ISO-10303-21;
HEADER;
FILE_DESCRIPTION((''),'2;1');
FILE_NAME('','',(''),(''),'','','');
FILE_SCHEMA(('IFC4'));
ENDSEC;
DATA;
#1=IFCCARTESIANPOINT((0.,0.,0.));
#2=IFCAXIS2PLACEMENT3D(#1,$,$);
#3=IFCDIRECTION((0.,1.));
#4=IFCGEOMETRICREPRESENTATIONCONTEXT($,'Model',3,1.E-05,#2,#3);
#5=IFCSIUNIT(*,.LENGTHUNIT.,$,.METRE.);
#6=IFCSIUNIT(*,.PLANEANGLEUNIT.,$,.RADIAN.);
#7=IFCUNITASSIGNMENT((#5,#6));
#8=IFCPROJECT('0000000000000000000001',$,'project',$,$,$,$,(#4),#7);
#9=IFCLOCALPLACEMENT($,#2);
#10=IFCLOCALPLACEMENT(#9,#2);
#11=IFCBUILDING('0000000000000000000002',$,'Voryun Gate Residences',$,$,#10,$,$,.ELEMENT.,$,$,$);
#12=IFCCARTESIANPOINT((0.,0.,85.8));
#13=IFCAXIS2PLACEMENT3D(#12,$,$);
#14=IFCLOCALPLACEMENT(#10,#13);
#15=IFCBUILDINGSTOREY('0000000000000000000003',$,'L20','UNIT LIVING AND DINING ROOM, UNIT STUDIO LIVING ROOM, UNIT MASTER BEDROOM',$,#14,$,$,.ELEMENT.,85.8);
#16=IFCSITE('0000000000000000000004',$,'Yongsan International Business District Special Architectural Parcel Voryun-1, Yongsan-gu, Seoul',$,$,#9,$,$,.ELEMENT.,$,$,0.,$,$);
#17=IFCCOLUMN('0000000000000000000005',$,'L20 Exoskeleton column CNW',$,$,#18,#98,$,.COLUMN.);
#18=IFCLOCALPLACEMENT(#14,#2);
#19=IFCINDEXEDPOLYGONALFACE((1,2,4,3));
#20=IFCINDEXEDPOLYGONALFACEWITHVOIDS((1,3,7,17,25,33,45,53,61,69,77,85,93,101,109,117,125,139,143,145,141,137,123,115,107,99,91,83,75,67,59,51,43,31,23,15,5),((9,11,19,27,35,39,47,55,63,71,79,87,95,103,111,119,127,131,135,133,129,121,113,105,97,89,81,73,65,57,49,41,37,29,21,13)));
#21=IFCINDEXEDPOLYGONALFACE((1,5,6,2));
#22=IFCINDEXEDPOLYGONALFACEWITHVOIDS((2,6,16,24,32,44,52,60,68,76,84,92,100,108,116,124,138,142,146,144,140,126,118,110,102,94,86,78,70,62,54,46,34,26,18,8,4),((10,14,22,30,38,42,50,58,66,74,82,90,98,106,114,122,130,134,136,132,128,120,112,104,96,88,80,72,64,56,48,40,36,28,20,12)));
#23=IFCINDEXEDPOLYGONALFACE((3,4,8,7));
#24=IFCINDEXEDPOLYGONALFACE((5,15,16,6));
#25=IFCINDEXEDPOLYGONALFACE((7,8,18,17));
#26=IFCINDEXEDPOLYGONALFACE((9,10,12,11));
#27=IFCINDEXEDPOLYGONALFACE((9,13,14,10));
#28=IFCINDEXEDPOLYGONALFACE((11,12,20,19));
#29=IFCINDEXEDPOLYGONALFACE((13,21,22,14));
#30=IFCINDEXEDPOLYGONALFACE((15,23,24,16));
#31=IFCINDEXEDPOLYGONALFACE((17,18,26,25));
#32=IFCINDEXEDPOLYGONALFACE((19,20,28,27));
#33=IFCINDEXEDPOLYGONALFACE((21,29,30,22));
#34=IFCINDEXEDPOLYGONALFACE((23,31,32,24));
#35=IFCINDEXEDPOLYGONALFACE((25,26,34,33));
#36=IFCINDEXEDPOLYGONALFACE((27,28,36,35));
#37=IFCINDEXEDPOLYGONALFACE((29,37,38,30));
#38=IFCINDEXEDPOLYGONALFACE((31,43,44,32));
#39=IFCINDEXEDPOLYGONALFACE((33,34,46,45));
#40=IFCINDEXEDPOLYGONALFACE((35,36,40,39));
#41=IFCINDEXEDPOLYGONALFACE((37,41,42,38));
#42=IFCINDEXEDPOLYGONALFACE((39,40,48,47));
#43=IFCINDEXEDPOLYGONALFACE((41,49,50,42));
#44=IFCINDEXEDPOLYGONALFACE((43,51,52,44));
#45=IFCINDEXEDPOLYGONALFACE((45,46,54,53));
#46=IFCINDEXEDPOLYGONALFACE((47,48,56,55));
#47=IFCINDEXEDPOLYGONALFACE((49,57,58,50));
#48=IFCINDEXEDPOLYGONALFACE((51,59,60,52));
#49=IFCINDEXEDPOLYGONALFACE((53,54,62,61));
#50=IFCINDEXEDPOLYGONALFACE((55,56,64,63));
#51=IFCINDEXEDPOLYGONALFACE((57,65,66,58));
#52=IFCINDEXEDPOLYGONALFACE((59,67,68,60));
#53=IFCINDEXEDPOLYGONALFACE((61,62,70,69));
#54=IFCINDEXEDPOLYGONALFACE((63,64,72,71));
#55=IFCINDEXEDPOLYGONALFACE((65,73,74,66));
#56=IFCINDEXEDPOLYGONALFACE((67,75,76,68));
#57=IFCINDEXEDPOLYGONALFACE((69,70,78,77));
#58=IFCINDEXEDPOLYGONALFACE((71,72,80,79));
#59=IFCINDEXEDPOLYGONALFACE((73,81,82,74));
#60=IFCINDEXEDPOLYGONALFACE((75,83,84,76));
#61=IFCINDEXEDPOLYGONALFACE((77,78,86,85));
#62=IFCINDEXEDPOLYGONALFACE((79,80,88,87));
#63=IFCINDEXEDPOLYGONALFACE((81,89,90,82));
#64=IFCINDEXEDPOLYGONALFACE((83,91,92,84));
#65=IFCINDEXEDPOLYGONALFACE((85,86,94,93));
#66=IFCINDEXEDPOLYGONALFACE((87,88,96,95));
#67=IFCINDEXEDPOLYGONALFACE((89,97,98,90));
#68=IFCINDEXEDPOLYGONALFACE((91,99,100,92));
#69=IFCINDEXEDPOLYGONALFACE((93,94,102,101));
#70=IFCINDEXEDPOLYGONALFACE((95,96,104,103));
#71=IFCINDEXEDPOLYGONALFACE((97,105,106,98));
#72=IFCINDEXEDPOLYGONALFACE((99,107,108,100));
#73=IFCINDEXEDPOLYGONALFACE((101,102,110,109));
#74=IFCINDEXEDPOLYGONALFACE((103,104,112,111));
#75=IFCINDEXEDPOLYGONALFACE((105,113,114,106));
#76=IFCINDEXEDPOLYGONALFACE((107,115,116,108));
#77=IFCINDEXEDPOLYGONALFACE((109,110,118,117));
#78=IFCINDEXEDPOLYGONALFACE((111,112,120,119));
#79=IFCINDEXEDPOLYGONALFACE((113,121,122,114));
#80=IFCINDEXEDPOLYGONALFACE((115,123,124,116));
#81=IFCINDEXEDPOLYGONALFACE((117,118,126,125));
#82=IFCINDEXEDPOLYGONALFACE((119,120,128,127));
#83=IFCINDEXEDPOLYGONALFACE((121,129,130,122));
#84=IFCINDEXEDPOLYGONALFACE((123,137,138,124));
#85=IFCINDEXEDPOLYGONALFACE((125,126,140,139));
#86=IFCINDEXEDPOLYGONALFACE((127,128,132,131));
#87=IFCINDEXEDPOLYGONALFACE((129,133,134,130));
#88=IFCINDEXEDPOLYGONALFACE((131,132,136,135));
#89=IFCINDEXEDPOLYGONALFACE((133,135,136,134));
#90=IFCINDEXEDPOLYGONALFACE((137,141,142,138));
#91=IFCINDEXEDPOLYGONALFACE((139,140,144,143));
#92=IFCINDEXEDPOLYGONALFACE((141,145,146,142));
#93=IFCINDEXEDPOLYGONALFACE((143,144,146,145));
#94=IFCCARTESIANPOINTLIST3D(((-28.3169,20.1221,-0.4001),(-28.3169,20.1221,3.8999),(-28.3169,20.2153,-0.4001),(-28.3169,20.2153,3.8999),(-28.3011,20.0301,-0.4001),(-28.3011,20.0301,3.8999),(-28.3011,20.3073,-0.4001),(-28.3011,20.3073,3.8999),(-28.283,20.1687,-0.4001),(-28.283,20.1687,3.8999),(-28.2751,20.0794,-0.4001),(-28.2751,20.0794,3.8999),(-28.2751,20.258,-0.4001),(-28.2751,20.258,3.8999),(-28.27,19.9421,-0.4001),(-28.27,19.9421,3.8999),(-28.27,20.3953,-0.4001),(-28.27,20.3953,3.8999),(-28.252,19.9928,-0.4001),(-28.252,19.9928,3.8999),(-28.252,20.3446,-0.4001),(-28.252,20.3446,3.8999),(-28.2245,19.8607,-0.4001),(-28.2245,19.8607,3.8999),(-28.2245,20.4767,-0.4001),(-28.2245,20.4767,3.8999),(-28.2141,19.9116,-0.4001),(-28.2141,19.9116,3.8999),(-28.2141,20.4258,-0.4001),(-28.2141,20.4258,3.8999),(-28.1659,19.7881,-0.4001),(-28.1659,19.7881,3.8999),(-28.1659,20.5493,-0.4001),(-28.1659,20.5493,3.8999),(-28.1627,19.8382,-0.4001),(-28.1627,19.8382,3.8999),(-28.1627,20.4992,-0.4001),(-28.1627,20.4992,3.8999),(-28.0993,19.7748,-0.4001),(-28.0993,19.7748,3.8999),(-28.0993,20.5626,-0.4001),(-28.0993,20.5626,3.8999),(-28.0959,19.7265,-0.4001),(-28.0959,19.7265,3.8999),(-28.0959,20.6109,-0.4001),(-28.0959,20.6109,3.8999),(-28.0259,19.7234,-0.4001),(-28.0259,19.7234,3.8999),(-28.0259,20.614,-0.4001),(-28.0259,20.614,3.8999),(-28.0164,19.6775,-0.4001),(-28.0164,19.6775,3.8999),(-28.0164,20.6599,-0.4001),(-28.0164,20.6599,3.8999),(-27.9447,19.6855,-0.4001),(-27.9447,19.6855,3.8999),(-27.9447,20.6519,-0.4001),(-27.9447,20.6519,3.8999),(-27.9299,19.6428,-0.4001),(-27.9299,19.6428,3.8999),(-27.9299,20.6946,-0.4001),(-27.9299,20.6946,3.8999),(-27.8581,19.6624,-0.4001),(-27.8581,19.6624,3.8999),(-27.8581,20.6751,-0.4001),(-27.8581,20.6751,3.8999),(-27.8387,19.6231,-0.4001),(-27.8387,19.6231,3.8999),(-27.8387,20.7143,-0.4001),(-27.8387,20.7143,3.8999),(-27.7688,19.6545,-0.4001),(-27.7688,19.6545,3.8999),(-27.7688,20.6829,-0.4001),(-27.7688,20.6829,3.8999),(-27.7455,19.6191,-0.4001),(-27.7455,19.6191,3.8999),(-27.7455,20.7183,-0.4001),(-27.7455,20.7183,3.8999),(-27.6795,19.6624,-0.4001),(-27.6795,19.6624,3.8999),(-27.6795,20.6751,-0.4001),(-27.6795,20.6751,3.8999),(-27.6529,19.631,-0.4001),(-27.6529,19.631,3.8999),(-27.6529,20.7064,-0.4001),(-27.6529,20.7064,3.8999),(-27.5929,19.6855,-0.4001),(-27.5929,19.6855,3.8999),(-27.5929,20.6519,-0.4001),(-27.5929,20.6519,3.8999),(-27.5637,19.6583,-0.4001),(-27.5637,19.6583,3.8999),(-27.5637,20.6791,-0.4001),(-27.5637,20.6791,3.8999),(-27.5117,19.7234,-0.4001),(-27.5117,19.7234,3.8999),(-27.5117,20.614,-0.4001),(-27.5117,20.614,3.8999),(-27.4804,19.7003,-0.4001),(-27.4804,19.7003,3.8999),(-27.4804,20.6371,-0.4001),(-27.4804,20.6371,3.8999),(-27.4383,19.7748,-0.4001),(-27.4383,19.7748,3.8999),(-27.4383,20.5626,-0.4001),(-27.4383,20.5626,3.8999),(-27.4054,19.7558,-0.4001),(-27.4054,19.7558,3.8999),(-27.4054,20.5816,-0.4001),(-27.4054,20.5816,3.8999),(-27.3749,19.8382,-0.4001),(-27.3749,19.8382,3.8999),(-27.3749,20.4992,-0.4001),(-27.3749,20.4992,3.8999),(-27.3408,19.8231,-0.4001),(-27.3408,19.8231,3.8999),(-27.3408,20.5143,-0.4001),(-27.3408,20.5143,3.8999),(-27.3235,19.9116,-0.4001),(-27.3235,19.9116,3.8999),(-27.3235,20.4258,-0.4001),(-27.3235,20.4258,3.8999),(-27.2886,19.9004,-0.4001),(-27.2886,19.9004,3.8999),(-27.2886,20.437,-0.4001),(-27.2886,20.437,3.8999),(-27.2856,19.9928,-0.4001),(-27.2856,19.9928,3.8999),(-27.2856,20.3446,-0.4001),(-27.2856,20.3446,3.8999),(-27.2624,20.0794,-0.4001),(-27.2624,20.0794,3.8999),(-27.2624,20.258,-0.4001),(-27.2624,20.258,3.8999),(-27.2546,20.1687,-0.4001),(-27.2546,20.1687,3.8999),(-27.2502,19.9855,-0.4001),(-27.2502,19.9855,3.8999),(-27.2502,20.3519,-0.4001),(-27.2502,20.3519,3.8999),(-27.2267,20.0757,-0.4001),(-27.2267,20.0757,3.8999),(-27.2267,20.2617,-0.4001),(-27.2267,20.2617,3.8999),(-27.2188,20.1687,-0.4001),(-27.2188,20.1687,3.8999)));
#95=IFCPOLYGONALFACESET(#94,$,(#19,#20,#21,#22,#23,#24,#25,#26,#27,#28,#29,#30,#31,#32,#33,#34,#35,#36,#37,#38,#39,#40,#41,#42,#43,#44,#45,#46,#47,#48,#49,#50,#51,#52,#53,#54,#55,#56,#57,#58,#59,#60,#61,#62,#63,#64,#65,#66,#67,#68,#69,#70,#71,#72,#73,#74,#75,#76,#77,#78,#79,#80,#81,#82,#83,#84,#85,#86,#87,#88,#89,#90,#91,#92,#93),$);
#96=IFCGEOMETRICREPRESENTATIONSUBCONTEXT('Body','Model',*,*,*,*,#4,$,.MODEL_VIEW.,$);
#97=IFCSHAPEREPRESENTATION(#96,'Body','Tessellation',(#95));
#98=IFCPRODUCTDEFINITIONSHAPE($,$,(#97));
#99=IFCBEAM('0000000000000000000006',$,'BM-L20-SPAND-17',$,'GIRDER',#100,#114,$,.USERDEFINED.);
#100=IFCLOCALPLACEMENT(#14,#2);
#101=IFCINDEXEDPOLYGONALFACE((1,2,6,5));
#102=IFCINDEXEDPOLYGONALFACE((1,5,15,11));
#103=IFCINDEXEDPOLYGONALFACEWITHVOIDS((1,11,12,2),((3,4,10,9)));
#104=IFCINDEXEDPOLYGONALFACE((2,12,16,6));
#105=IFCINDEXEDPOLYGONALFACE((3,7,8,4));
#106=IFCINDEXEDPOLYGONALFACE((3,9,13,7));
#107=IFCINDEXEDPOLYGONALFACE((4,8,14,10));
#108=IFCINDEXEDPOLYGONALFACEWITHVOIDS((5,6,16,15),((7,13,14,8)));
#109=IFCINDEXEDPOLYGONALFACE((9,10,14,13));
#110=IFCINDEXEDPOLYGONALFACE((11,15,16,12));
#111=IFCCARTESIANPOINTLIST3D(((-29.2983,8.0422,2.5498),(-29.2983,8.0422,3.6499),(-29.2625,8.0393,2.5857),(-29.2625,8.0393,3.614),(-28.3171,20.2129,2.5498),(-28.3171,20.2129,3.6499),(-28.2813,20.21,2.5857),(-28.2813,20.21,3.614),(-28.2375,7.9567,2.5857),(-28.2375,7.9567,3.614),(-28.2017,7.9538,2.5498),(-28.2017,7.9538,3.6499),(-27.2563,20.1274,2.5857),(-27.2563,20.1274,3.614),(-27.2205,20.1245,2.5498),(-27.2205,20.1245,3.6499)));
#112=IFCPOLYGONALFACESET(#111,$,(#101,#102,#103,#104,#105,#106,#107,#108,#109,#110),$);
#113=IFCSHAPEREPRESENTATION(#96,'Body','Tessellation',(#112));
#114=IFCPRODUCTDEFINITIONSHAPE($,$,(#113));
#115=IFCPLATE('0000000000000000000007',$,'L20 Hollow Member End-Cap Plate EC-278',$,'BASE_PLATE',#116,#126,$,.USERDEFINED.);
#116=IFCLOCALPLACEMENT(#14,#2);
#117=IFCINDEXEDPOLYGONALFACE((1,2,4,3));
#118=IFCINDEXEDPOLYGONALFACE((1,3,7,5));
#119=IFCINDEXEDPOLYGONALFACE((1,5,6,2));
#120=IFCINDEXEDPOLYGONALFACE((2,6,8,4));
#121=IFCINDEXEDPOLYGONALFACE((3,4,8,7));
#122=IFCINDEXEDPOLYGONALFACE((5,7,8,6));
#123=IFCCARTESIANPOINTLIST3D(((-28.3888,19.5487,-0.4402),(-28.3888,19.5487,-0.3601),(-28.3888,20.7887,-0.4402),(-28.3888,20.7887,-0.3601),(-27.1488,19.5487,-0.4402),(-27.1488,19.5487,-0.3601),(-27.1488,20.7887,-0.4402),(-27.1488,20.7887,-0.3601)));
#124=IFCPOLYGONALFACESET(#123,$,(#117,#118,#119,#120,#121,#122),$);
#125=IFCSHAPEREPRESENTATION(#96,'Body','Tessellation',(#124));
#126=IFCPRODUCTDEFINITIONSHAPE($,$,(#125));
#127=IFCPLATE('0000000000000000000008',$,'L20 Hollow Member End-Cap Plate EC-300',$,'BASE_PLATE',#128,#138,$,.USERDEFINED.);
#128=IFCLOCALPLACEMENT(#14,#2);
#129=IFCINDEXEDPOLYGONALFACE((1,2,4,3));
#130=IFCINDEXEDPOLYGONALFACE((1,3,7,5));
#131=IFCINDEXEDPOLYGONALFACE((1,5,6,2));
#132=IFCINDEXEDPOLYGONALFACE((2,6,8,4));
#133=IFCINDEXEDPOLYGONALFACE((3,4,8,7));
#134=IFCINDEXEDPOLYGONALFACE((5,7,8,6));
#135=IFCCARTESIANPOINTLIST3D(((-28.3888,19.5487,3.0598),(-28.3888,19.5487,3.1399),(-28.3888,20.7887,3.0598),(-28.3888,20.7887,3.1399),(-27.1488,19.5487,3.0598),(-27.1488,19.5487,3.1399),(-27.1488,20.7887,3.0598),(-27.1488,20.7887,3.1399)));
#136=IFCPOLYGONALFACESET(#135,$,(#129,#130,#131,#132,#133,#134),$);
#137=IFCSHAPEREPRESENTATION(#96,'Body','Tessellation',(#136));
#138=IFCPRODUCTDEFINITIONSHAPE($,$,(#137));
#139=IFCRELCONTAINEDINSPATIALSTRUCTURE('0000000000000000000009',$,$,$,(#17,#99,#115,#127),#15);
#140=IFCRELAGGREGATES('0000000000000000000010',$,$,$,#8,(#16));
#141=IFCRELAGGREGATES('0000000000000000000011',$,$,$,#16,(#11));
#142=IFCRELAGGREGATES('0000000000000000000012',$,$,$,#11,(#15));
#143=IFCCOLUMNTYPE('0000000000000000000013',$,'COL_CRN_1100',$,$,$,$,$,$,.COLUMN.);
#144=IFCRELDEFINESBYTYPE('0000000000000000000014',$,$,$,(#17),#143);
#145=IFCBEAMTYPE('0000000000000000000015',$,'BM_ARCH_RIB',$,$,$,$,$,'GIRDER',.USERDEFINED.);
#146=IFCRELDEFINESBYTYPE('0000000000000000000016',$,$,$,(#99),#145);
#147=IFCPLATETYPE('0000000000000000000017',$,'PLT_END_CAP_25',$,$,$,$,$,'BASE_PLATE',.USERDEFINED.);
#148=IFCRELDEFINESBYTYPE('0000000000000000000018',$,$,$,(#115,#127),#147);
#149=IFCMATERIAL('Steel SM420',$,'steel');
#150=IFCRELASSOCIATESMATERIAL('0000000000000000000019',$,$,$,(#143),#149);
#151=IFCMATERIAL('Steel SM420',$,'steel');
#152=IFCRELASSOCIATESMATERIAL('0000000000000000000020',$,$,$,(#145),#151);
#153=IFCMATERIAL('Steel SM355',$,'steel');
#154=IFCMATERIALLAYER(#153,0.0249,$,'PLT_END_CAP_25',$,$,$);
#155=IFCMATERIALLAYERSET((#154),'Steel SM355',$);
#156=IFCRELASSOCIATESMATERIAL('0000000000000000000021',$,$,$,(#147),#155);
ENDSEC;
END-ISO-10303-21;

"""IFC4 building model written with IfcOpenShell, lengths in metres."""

from ifc_helpers import new_model, si_unit, direction, frame, origin, origin_2d, place, context, subcontext, project, spatial, rectangle, hollow_rectangle, hollow_circle, extrude, material, layer, layer_set, material_profile, profile_set, type_object, element, save


model = new_model("IFC4")

# Units and contexts
model_context = context("Model", 3, precision=1e-05, world=origin(), true_north=direction((0.0, 1.0)))
body_context = subcontext(model_context, "Body", "Model", "MODEL_VIEW")
ifc_project = project(units=[si_unit("LENGTHUNIT", "METRE"), si_unit("PLANEANGLEUNIT", "RADIAN")], contexts=[model_context])

# Site, building, storey
site_placement = place(None, origin())
site = spatial("IfcSite", under=ifc_project, at=site_placement, Name="Yongsan International Business District Special Architectural Parcel Voryun-1, Yongsan-gu, Seoul", CompositionType="ELEMENT", RefElevation=0.0)
building_placement = place(site_placement, origin())
building = spatial("IfcBuilding", under=site, at=building_placement, Name="Voryun Gate Residences", CompositionType="ELEMENT")
storey_placement = place(building_placement, frame((0.0, 0.0, 85.8)))
storey = spatial("IfcBuildingStorey", under=building, at=storey_placement, Name="L20", Description="UNIT LIVING AND DINING ROOM, UNIT STUDIO LIVING ROOM, UNIT MASTER BEDROOM", CompositionType="ELEMENT", Elevation=85.8)

# Column
ifc_material_1 = material(Name="Steel SM420", Category="steel")
ifc_material_profile_1 = material_profile(ifc_material_1, hollow_circle(Radius=0.55, WallThickness=0.0359, at=origin_2d()), Name="CHS-1100x36")
ifc_profile_set_1 = profile_set([ifc_material_profile_1], Name="Steel SM420")
column_type = type_object("IfcColumnType", Name="COL_CRN_1100", PredefinedType="COLUMN", material=ifc_profile_set_1)
column_placement = place(storey_placement, frame((-27.7688, 20.1687, -0.4001), z_axis=(0.0, 0.0, 1.0), x_axis=(1.0, 0.0, 0.0)))
element("IfcColumn", 1, at=column_placement, inside=storey, type_object=column_type, Name="L20 Exoskeleton column CNW", PredefinedType="COLUMN", context=body_context, shape_type="SweptSolid", body=[
    extrude(hollow_circle(Radius=0.55, WallThickness=0.0359, at=origin_2d()), origin(), (0.0, 0.0, 1.0), 4.3),
])

# Beam
ifc_material_2 = material(Name="Steel SM420", Category="steel")
ifc_material_profile_2 = material_profile(ifc_material_2, hollow_rectangle(XDim=1.1001, YDim=1.1001, WallThickness=0.0359, at=origin_2d()), Name="BOX-1100x1100x36")
ifc_profile_set_2 = profile_set([ifc_material_profile_2], Name="Steel SM420")
beam_type = type_object("IfcBeamType", Name="BM_ARCH_RIB", ElementType="GIRDER", PredefinedType="USERDEFINED", material=ifc_profile_set_2)
beam_placement = place(storey_placement, frame((-27.7688, 20.1687, 3.0999), z_axis=(-0.08036, -0.996766, 0.0), x_axis=(0.996766, -0.08036, 0.0)))
element("IfcBeam", 2, at=beam_placement, inside=storey, type_object=beam_type, Name="BM-L20-SPAND-17", ObjectType="GIRDER", PredefinedType="USERDEFINED", context=body_context, shape_type="SweptSolid", body=[
    extrude(hollow_rectangle(XDim=1.1001, YDim=1.1001, WallThickness=0.0359, at=origin_2d()), origin(), (0.0, 0.0, 1.0), 12.2102),
])

# Plates
ifc_material_3 = material(Name="Steel SM355", Category="steel")
ifc_layer_1 = layer(ifc_material_3, 0.0249, Name="PLT_END_CAP_25")
ifc_layer_set_1 = layer_set([ifc_layer_1], Name="Steel SM355")
plate_type = type_object("IfcPlateType", Name="PLT_END_CAP_25", ElementType="BASE_PLATE", PredefinedType="USERDEFINED", material=ifc_layer_set_1)
for number, where, z_axis, x_axis, name in (
    (3, (-27.7688, 20.1687, -0.4402), (0.0, 0.0, 1.0), (1.0, 0.0, 0.0), "L20 Hollow Member End-Cap Plate EC-278"),
    (4, (-27.7688, 20.1687, 3.0598), (0.0, 0.0, 1.0), (1.0, 0.0, 0.0), "L20 Hollow Member End-Cap Plate EC-300"),
):
    element("IfcPlate", number, at=place(storey_placement, frame(where, z_axis=z_axis, x_axis=x_axis)), inside=storey, type_object=plate_type, Name=name, ObjectType="BASE_PLATE", PredefinedType="USERDEFINED", context=body_context, shape_type="SweptSolid", body=[
        extrude(rectangle(XDim=1.24, YDim=1.24, at=origin_2d()), origin(), (0.0, 0.0, 1.0), 0.0801),
    ])

save(model, "model.ifc")
